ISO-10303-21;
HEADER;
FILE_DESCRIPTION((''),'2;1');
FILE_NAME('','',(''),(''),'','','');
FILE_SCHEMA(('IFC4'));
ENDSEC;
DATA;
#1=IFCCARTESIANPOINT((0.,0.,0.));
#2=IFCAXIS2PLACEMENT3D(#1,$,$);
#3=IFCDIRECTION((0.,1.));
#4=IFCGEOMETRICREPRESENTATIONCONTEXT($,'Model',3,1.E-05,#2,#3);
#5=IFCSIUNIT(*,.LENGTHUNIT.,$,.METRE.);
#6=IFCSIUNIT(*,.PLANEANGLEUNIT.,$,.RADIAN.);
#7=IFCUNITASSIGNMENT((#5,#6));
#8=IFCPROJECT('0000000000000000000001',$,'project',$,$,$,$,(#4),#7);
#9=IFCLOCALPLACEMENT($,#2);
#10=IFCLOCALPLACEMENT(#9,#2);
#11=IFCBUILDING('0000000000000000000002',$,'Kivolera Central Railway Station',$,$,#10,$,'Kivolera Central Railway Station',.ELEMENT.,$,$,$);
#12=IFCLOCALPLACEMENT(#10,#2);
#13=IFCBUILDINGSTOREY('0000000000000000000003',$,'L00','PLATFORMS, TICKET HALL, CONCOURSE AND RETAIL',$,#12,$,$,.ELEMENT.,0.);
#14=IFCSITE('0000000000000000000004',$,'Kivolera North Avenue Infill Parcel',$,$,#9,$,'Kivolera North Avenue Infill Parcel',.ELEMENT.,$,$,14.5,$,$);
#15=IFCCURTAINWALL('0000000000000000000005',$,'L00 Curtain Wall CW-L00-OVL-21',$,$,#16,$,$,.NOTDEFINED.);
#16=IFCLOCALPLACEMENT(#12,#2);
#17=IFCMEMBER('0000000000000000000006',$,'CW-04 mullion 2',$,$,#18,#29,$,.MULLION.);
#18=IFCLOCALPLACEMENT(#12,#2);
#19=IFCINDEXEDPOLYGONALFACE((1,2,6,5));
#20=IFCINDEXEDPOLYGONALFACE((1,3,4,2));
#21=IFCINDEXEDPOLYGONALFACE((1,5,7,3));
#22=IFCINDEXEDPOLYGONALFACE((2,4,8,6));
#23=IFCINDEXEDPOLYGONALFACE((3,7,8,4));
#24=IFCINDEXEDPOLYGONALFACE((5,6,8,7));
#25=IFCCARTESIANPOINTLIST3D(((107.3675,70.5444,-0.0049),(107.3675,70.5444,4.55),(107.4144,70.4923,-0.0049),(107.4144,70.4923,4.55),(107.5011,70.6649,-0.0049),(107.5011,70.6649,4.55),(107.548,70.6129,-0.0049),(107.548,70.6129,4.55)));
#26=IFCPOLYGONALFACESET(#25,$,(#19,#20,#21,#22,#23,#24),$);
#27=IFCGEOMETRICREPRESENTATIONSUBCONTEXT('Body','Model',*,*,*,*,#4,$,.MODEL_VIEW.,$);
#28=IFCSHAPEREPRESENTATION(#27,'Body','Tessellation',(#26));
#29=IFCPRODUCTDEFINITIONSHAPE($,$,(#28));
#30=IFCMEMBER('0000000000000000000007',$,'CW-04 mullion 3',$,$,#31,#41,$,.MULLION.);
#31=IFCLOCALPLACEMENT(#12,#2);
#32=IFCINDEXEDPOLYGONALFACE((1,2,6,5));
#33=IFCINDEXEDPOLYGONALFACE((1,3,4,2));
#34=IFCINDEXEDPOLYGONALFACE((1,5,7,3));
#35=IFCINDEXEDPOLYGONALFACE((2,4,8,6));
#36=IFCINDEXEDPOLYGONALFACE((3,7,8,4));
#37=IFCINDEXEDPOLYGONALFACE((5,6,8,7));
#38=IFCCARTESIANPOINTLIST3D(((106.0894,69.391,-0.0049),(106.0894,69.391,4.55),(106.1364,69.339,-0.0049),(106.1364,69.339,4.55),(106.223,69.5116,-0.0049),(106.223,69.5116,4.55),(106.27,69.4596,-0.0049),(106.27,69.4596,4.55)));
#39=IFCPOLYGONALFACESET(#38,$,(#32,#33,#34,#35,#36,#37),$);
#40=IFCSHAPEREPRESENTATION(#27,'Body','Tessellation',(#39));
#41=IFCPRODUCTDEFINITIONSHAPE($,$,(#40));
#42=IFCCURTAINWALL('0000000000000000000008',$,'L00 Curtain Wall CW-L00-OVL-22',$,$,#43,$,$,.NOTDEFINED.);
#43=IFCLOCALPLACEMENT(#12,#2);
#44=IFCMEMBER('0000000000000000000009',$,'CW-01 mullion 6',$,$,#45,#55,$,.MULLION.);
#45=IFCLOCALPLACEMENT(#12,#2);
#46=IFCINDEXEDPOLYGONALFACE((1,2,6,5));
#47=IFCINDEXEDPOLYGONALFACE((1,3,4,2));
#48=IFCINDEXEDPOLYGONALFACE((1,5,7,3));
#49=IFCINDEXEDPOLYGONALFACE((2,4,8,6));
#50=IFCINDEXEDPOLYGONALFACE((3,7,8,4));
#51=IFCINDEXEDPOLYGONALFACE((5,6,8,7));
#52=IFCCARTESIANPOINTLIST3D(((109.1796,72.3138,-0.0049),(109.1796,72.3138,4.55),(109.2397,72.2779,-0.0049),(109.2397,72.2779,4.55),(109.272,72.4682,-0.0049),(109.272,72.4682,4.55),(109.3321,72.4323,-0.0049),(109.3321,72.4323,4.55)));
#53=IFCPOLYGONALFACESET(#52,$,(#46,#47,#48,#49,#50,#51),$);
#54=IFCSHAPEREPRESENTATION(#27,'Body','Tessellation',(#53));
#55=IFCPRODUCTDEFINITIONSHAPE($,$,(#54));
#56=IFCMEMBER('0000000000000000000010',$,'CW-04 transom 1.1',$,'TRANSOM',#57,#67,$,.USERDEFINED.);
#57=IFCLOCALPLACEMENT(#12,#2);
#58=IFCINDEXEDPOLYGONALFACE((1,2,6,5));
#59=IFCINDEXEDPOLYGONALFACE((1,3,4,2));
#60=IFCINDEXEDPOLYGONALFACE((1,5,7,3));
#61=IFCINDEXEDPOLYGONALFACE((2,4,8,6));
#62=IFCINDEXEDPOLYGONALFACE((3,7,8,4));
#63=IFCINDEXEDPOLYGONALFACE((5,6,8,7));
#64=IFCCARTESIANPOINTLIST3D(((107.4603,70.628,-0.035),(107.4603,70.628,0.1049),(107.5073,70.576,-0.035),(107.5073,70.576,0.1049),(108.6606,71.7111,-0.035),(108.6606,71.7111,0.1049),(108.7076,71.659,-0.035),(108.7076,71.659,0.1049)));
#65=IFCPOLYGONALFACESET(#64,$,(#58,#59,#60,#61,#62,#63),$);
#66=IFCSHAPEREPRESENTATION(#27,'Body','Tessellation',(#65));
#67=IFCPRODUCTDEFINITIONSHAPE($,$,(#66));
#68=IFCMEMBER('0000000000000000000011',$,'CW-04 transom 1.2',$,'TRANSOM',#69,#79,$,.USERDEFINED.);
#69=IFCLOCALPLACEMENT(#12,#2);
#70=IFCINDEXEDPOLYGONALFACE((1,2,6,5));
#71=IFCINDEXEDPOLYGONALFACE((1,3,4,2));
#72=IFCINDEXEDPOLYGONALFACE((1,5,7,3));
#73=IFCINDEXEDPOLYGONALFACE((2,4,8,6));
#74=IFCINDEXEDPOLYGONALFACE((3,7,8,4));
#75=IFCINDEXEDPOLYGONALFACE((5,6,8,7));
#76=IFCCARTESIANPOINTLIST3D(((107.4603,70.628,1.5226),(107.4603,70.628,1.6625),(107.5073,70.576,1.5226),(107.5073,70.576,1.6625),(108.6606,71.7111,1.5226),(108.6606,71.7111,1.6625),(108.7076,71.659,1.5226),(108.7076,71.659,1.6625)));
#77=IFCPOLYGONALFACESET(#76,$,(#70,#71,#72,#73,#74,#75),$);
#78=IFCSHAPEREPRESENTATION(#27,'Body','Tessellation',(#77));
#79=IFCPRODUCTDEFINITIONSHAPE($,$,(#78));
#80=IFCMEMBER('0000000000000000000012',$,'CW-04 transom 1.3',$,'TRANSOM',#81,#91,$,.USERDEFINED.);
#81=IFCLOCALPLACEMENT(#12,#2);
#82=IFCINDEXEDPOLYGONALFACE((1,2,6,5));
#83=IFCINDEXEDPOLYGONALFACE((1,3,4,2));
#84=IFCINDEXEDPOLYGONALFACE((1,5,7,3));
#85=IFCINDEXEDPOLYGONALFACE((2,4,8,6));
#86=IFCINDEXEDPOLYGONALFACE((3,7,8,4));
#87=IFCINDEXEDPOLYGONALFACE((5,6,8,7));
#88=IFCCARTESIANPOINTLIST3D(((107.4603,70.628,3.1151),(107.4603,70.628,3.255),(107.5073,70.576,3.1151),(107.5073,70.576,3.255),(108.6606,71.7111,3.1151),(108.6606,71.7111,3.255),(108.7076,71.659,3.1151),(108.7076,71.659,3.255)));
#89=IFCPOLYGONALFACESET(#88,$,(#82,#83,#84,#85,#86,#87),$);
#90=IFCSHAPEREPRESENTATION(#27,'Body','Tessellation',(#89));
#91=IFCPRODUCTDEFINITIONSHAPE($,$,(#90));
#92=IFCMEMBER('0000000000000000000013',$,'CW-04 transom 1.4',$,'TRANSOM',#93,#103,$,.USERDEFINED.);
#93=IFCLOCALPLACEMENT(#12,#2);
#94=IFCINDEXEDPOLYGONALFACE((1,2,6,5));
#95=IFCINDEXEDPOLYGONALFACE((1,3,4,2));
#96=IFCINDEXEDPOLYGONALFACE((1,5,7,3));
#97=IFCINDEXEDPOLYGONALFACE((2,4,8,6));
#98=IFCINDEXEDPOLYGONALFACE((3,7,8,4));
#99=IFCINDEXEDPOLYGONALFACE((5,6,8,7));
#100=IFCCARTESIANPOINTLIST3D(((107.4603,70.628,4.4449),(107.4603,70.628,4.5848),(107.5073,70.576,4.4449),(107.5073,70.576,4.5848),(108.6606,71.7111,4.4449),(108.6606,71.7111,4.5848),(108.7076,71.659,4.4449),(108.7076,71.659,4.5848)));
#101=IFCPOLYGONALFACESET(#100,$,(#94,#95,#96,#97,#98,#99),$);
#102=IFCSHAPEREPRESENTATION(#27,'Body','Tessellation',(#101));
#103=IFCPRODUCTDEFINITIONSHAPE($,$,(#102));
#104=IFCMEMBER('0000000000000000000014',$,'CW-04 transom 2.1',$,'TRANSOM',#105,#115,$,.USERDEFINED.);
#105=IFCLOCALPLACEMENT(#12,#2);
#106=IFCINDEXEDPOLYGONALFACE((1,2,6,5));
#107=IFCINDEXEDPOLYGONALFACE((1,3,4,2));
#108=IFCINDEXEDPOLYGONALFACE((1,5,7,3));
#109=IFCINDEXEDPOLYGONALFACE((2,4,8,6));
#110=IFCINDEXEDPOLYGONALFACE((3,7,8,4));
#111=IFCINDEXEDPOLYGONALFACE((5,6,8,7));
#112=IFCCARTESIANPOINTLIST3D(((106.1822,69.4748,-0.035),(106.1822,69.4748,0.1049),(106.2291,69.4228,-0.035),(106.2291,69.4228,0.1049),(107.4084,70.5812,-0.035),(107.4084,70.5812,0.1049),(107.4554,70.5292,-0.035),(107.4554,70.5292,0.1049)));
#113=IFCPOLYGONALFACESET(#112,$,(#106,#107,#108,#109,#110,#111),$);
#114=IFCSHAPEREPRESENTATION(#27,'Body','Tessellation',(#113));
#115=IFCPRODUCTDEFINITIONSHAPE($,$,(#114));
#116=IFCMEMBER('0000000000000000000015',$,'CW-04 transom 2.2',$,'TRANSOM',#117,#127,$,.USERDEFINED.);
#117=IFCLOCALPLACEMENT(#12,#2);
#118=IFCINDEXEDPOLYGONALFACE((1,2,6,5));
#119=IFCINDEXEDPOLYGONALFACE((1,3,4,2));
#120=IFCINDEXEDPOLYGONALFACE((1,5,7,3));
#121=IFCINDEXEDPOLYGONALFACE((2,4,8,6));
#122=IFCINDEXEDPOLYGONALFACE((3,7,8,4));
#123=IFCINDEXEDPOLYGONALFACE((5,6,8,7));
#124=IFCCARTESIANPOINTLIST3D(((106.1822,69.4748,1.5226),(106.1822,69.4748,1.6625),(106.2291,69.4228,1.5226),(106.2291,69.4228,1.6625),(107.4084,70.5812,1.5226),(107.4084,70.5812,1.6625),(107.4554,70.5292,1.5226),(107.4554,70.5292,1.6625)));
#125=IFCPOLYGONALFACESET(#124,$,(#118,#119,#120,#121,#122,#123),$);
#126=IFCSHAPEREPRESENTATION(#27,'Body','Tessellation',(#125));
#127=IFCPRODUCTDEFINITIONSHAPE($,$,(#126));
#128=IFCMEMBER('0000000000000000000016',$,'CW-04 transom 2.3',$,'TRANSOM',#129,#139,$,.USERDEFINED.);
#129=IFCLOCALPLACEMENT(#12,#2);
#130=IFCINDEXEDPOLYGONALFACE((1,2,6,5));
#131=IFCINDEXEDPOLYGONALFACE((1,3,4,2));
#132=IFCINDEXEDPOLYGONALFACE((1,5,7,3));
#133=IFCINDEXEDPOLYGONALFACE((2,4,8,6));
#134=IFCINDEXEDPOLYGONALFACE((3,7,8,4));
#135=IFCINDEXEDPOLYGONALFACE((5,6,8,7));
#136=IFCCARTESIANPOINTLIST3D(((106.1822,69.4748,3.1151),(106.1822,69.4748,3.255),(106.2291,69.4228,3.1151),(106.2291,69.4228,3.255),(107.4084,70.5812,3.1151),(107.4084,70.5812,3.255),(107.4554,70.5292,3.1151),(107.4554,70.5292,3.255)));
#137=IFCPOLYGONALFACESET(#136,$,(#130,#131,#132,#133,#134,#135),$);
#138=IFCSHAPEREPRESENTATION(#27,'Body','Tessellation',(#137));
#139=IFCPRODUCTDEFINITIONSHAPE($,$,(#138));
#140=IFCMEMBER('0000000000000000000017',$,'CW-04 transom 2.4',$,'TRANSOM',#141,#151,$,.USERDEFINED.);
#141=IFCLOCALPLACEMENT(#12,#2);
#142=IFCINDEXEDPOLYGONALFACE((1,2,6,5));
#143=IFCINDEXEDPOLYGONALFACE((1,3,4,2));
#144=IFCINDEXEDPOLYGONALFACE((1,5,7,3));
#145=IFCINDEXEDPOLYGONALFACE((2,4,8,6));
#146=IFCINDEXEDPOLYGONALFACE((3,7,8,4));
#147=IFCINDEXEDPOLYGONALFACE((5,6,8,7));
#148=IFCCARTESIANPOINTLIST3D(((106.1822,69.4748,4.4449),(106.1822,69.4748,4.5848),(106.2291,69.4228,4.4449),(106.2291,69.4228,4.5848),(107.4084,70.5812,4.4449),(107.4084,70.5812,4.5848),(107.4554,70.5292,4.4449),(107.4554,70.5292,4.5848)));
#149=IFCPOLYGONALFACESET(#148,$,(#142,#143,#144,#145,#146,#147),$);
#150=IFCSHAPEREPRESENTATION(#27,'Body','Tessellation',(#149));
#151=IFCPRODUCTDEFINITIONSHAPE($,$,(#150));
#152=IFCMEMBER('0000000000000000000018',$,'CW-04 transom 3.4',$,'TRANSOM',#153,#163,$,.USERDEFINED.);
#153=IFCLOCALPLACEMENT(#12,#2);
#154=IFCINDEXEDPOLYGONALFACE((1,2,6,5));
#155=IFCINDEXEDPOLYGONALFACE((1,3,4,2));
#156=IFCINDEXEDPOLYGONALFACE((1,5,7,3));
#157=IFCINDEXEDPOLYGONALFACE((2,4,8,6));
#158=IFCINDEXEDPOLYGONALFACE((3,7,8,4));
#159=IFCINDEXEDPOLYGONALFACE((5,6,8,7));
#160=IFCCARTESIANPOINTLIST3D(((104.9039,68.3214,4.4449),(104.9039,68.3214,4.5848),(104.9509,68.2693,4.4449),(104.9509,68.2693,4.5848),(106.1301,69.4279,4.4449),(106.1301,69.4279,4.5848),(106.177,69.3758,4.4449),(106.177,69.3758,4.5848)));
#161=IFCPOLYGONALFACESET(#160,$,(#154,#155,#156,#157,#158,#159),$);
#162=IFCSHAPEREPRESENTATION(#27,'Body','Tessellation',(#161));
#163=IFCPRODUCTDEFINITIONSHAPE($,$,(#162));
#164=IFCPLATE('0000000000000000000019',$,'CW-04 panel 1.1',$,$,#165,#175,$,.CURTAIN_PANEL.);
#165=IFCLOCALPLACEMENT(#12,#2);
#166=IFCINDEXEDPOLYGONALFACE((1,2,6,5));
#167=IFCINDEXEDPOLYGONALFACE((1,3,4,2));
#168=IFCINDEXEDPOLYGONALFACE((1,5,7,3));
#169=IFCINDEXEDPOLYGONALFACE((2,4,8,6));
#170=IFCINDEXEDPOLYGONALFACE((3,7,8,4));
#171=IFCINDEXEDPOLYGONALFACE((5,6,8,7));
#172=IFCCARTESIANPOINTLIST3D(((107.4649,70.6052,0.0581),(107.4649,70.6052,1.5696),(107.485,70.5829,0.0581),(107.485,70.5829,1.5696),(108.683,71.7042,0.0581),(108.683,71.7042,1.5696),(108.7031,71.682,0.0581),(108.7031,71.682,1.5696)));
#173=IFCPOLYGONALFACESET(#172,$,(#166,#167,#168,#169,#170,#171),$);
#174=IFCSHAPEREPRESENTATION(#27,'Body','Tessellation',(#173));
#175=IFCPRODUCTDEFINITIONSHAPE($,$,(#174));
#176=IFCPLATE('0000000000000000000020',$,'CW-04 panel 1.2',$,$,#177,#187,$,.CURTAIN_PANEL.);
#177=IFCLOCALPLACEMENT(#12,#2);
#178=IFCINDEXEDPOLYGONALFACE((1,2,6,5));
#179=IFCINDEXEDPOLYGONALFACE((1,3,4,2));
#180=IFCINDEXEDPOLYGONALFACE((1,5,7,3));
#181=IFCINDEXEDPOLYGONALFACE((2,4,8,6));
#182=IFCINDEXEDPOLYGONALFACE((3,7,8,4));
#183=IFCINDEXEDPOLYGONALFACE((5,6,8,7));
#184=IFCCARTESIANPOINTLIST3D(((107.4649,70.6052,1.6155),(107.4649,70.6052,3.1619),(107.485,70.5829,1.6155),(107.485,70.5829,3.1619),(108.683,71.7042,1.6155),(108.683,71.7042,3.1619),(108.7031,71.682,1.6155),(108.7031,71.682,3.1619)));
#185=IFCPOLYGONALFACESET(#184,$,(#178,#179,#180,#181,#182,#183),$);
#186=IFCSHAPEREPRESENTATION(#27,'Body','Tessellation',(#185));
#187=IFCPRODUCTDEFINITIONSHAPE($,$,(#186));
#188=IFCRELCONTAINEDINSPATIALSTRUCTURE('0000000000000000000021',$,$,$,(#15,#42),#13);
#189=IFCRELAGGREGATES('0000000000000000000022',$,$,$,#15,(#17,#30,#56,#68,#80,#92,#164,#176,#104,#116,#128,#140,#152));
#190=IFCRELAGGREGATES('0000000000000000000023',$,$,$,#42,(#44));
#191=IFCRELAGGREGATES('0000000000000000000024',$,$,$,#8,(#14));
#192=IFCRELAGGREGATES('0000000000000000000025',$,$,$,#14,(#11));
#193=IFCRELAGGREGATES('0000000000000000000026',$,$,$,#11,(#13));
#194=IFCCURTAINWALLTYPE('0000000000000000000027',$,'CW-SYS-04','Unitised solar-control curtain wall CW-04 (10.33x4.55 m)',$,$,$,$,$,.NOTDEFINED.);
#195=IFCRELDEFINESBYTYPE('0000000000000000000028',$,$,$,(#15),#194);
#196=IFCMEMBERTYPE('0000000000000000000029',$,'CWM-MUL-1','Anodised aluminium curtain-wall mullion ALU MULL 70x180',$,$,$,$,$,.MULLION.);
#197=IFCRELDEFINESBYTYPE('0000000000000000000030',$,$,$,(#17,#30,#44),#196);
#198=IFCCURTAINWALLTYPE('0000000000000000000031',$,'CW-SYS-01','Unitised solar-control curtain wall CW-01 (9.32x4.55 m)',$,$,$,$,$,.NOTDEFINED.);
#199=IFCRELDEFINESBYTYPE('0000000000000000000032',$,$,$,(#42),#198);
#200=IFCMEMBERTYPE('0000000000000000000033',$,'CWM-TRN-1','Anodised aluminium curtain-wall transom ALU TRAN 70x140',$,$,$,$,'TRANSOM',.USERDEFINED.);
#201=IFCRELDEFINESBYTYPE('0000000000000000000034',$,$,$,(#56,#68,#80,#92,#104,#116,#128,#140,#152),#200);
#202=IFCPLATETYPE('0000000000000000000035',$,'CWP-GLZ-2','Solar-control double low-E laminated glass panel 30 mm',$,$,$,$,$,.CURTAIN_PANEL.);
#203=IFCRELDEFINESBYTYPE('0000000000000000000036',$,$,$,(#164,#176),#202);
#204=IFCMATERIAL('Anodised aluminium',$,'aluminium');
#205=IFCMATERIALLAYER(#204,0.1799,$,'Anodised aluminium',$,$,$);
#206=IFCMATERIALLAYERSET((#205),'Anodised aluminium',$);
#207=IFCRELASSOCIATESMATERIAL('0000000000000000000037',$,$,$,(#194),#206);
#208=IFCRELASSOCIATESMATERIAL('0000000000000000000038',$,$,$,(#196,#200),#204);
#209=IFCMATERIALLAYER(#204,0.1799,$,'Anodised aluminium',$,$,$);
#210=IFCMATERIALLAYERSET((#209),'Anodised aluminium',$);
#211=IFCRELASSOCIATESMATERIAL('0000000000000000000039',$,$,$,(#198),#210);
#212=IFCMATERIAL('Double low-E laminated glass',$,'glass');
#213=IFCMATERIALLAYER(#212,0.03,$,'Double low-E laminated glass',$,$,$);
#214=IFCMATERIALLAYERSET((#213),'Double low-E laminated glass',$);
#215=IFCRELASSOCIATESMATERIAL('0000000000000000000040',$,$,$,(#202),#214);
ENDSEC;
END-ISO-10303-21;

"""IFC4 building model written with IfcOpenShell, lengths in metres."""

from ifc_helpers import new_model, si_unit, direction, frame, origin, origin_2d, place, context, subcontext, project, spatial, rectangle, extrude, material, layer, layer_set, material_profile, profile_set, type_object, element, aggregate, save


model = new_model("IFC4")

# Units and contexts
model_context = context("Model", 3, precision=1e-05, world=origin(), true_north=direction((0.0, 1.0)))
body_context = subcontext(model_context, "Body", "Model", "MODEL_VIEW")
ifc_project = project(units=[si_unit("LENGTHUNIT", "METRE"), si_unit("PLANEANGLEUNIT", "RADIAN")], contexts=[model_context])

# Site, building, storey
site_placement = place(None, origin())
site = spatial("IfcSite", under=ifc_project, at=site_placement, Name="Kivolera North Avenue Infill Parcel", LongName="Kivolera North Avenue Infill Parcel", CompositionType="ELEMENT", RefElevation=14.5)
building_placement = place(site_placement, origin())
building = spatial("IfcBuilding", under=site, at=building_placement, Name="Kivolera Central Railway Station", LongName="Kivolera Central Railway Station", CompositionType="ELEMENT")
storey_placement = place(building_placement, origin())
storey = spatial("IfcBuildingStorey", under=building, at=storey_placement, Name="L00", Description="PLATFORMS, TICKET HALL, CONCOURSE AND RETAIL", CompositionType="ELEMENT", Elevation=0.0)

# Curtain wall, members
ifc_material_1 = material(Name="Anodised aluminium", Category="aluminium")
ifc_layer_1 = layer(ifc_material_1, 0.1799, Name="Anodised aluminium")
ifc_layer_set_1 = layer_set([ifc_layer_1], Name="Anodised aluminium")
curtain_wall_type_1 = type_object("IfcCurtainWallType", Name="CW-SYS-04", Description="Unitised solar-control curtain wall CW-04 (10.33x4.55 m)", PredefinedType="NOTDEFINED", material=ifc_layer_set_1)
curtain_wall_1_placement = place(storey_placement, origin())
curtain_wall_1 = element("IfcCurtainWall", 1, at=curtain_wall_1_placement, inside=storey, type_object=curtain_wall_type_1, Name="L00 Curtain Wall CW-L00-OVL-21", PredefinedType="NOTDEFINED")
ifc_material_profile_1 = material_profile(ifc_material_1, rectangle(XDim=0.0701, YDim=0.1799, at=origin_2d()), Name="ALU MULL 70x180")
ifc_profile_set_1 = profile_set([ifc_material_profile_1], Name="Anodised aluminium")
member_type_1 = type_object("IfcMemberType", Name="CWM-MUL-1", Description="Anodised aluminium curtain-wall mullion ALU MULL 70x180", PredefinedType="MULLION", material=ifc_profile_set_1)
member_1_placement = place(storey_placement, frame((107.4578, 70.5786, -0.0049), z_axis=(0.0, 0.0, 1.0), x_axis=(0.669922, -0.742432, 0.0)))
member_1 = element("IfcMember", 2, at=member_1_placement, type_object=member_type_1, Name="CW-04 mullion 2", PredefinedType="MULLION", context=body_context, shape_type="SweptSolid", body=[
    extrude(rectangle(XDim=0.0701, YDim=0.1799, at=origin_2d()), origin(), (0.0, 0.0, 1.0), 4.5549),
])
member_2_placement = place(storey_placement, frame((106.1797, 69.4253, -0.0049), z_axis=(0.0, 0.0, 1.0), x_axis=(0.669922, -0.742432, 0.0)))
member_2 = element("IfcMember", 3, at=member_2_placement, type_object=member_type_1, Name="CW-04 mullion 3", PredefinedType="MULLION", context=body_context, shape_type="SweptSolid", body=[
    extrude(rectangle(XDim=0.0701, YDim=0.1799, at=origin_2d()), origin(), (0.0, 0.0, 1.0), 4.5549),
])

# Curtain wall, member
ifc_layer_2 = layer(ifc_material_1, 0.1799, Name="Anodised aluminium")
ifc_layer_set_2 = layer_set([ifc_layer_2], Name="Anodised aluminium")
curtain_wall_type_2 = type_object("IfcCurtainWallType", Name="CW-SYS-01", Description="Unitised solar-control curtain wall CW-01 (9.32x4.55 m)", PredefinedType="NOTDEFINED", material=ifc_layer_set_2)
curtain_wall_2_placement = place(storey_placement, origin())
curtain_wall_2 = element("IfcCurtainWall", 4, at=curtain_wall_2_placement, inside=storey, type_object=curtain_wall_type_2, Name="L00 Curtain Wall CW-L00-OVL-22", PredefinedType="NOTDEFINED")
member_3_placement = place(storey_placement, frame((109.2559, 72.373, -0.0049), z_axis=(0.0, 0.0, 1.0), x_axis=(0.858117, -0.513454, 0.0)))
member_3 = element("IfcMember", 5, at=member_3_placement, type_object=member_type_1, Name="CW-01 mullion 6", PredefinedType="MULLION", context=body_context, shape_type="SweptSolid", body=[
    extrude(rectangle(XDim=0.0701, YDim=0.1799, at=origin_2d()), origin(), (0.0, 0.0, 1.0), 4.5549),
])

# Members
ifc_material_profile_2 = material_profile(ifc_material_1, rectangle(XDim=0.0701, YDim=0.1399, at=origin_2d()), Name="ALU TRAN 70x140")
ifc_profile_set_2 = profile_set([ifc_material_profile_2], Name="Anodised aluminium")
member_type_2 = type_object("IfcMemberType", Name="CWM-TRN-1", Description="Anodised aluminium curtain-wall transom ALU TRAN 70x140", ElementType="TRANSOM", PredefinedType="USERDEFINED", material=ifc_profile_set_2)
member_4_placement = place(storey_placement, frame((108.6841, 71.6851, 0.0349), z_axis=(-0.742422, -0.669932, 0.0), x_axis=(0.669932, -0.742422, 0.0)))
member_4 = element("IfcMember", 6, at=member_4_placement, type_object=member_type_2, Name="CW-04 transom 1.1", ObjectType="TRANSOM", PredefinedType="USERDEFINED", context=body_context, shape_type="SweptSolid", body=[
    extrude(rectangle(XDim=0.0701, YDim=0.1399, at=origin_2d()), origin(), (0.0, 0.0, 1.0), 1.6167),
])
member_5_placement = place(storey_placement, frame((108.6841, 71.6851, 1.5925), z_axis=(-0.742422, -0.669932, 0.0), x_axis=(0.669932, -0.742422, 0.0)))
member_5 = element("IfcMember", 7, at=member_5_placement, type_object=member_type_2, Name="CW-04 transom 1.2", ObjectType="TRANSOM", PredefinedType="USERDEFINED", context=body_context, shape_type="SweptSolid", body=[
    extrude(rectangle(XDim=0.0701, YDim=0.1399, at=origin_2d()), origin(), (0.0, 0.0, 1.0), 1.6167),
])
member_6_placement = place(storey_placement, frame((108.6841, 71.6851, 3.1851), z_axis=(-0.742422, -0.669932, 0.0), x_axis=(0.669932, -0.742422, 0.0)))
member_6 = element("IfcMember", 8, at=member_6_placement, type_object=member_type_2, Name="CW-04 transom 1.3", ObjectType="TRANSOM", PredefinedType="USERDEFINED", context=body_context, shape_type="SweptSolid", body=[
    extrude(rectangle(XDim=0.0701, YDim=0.1399, at=origin_2d()), origin(), (0.0, 0.0, 1.0), 1.6167),
])
member_7_placement = place(storey_placement, frame((108.6841, 71.6851, 4.5149), z_axis=(-0.742422, -0.669932, 0.0), x_axis=(0.669932, -0.742422, 0.0)))
member_7 = element("IfcMember", 9, at=member_7_placement, type_object=member_type_2, Name="CW-04 transom 1.4", ObjectType="TRANSOM", PredefinedType="USERDEFINED", context=body_context, shape_type="SweptSolid", body=[
    extrude(rectangle(XDim=0.0701, YDim=0.1399, at=origin_2d()), origin(), (0.0, 0.0, 1.0), 1.6167),
])
member_8_placement = place(storey_placement, frame((107.4319, 70.5552, 0.0349), z_axis=(-0.742463, -0.669887, 0.0), x_axis=(0.669887, -0.742463, 0.0)))
member_8 = element("IfcMember", 10, at=member_8_placement, type_object=member_type_2, Name="CW-04 transom 2.1", ObjectType="TRANSOM", PredefinedType="USERDEFINED", context=body_context, shape_type="SweptSolid", body=[
    extrude(rectangle(XDim=0.0701, YDim=0.1399, at=origin_2d()), origin(), (0.0, 0.0, 1.0), 1.6516),
])
member_9_placement = place(storey_placement, frame((107.4319, 70.5552, 1.5925), z_axis=(-0.742463, -0.669887, 0.0), x_axis=(0.669887, -0.742463, 0.0)))
member_9 = element("IfcMember", 11, at=member_9_placement, type_object=member_type_2, Name="CW-04 transom 2.2", ObjectType="TRANSOM", PredefinedType="USERDEFINED", context=body_context, shape_type="SweptSolid", body=[
    extrude(rectangle(XDim=0.0701, YDim=0.1399, at=origin_2d()), origin(), (0.0, 0.0, 1.0), 1.6516),
])
member_10_placement = place(storey_placement, frame((107.4319, 70.5552, 3.1851), z_axis=(-0.742463, -0.669887, 0.0), x_axis=(0.669887, -0.742463, 0.0)))
member_10 = element("IfcMember", 12, at=member_10_placement, type_object=member_type_2, Name="CW-04 transom 2.3", ObjectType="TRANSOM", PredefinedType="USERDEFINED", context=body_context, shape_type="SweptSolid", body=[
    extrude(rectangle(XDim=0.0701, YDim=0.1399, at=origin_2d()), origin(), (0.0, 0.0, 1.0), 1.6516),
])
member_11_placement = place(storey_placement, frame((107.4319, 70.5552, 4.5149), z_axis=(-0.742463, -0.669887, 0.0), x_axis=(0.669887, -0.742463, 0.0)))
member_11 = element("IfcMember", 13, at=member_11_placement, type_object=member_type_2, Name="CW-04 transom 2.4", ObjectType="TRANSOM", PredefinedType="USERDEFINED", context=body_context, shape_type="SweptSolid", body=[
    extrude(rectangle(XDim=0.0701, YDim=0.1399, at=origin_2d()), origin(), (0.0, 0.0, 1.0), 1.6516),
])
member_12_placement = place(storey_placement, frame((106.1536, 69.4019, 4.5149), z_axis=(-0.742397, -0.669961, 0.0), x_axis=(0.669961, -0.742397, 0.0)))
member_12 = element("IfcMember", 14, at=member_12_placement, type_object=member_type_2, Name="CW-04 transom 3.4", ObjectType="TRANSOM", PredefinedType="USERDEFINED", context=body_context, shape_type="SweptSolid", body=[
    extrude(rectangle(XDim=0.0701, YDim=0.1399, at=origin_2d()), origin(), (0.0, 0.0, 1.0), 1.6516),
])

# Plates
ifc_material_2 = material(Name="Double low-E laminated glass", Category="glass")
ifc_layer_3 = layer(ifc_material_2, 0.03, Name="Double low-E laminated glass")
ifc_layer_set_3 = layer_set([ifc_layer_3], Name="Double low-E laminated glass")
plate_type_1 = type_object("IfcPlateType", Name="CWP-GLZ-2", Description="Solar-control double low-E laminated glass panel 30 mm", PredefinedType="CURTAIN_PANEL", material=ifc_layer_set_3)
plate_1_placement = place(storey_placement, frame((108.084, 71.1436, 0.0581), z_axis=(0.0, 0.0, 1.0), x_axis=(-0.742432, -0.669922, 0.0)))
plate_1 = element("IfcPlate", 15, at=plate_1_placement, type_object=plate_type_1, Name="CW-04 panel 1.1", PredefinedType="CURTAIN_PANEL", context=body_context, shape_type="SweptSolid", body=[
    extrude(rectangle(XDim=1.6406, YDim=0.03, at=origin_2d()), origin(), (0.0, 0.0, 1.0), 1.5115),
])
plate_2_placement = place(storey_placement, frame((108.084, 71.1436, 1.6155), z_axis=(0.0, 0.0, 1.0), x_axis=(-0.742432, -0.669922, 0.0)))
plate_2 = element("IfcPlate", 16, at=plate_2_placement, type_object=plate_type_1, Name="CW-04 panel 1.2", PredefinedType="CURTAIN_PANEL", context=body_context, shape_type="SweptSolid", body=[
    extrude(rectangle(XDim=1.6406, YDim=0.03, at=origin_2d()), origin(), (0.0, 0.0, 1.0), 1.5464),
])
aggregate(curtain_wall_1, [member_1, member_2, member_4, member_5, member_6, member_7, plate_1, plate_2, member_8, member_9, member_10, member_11, member_12])
aggregate(curtain_wall_2, [member_3])

save(model, "model.ifc")
